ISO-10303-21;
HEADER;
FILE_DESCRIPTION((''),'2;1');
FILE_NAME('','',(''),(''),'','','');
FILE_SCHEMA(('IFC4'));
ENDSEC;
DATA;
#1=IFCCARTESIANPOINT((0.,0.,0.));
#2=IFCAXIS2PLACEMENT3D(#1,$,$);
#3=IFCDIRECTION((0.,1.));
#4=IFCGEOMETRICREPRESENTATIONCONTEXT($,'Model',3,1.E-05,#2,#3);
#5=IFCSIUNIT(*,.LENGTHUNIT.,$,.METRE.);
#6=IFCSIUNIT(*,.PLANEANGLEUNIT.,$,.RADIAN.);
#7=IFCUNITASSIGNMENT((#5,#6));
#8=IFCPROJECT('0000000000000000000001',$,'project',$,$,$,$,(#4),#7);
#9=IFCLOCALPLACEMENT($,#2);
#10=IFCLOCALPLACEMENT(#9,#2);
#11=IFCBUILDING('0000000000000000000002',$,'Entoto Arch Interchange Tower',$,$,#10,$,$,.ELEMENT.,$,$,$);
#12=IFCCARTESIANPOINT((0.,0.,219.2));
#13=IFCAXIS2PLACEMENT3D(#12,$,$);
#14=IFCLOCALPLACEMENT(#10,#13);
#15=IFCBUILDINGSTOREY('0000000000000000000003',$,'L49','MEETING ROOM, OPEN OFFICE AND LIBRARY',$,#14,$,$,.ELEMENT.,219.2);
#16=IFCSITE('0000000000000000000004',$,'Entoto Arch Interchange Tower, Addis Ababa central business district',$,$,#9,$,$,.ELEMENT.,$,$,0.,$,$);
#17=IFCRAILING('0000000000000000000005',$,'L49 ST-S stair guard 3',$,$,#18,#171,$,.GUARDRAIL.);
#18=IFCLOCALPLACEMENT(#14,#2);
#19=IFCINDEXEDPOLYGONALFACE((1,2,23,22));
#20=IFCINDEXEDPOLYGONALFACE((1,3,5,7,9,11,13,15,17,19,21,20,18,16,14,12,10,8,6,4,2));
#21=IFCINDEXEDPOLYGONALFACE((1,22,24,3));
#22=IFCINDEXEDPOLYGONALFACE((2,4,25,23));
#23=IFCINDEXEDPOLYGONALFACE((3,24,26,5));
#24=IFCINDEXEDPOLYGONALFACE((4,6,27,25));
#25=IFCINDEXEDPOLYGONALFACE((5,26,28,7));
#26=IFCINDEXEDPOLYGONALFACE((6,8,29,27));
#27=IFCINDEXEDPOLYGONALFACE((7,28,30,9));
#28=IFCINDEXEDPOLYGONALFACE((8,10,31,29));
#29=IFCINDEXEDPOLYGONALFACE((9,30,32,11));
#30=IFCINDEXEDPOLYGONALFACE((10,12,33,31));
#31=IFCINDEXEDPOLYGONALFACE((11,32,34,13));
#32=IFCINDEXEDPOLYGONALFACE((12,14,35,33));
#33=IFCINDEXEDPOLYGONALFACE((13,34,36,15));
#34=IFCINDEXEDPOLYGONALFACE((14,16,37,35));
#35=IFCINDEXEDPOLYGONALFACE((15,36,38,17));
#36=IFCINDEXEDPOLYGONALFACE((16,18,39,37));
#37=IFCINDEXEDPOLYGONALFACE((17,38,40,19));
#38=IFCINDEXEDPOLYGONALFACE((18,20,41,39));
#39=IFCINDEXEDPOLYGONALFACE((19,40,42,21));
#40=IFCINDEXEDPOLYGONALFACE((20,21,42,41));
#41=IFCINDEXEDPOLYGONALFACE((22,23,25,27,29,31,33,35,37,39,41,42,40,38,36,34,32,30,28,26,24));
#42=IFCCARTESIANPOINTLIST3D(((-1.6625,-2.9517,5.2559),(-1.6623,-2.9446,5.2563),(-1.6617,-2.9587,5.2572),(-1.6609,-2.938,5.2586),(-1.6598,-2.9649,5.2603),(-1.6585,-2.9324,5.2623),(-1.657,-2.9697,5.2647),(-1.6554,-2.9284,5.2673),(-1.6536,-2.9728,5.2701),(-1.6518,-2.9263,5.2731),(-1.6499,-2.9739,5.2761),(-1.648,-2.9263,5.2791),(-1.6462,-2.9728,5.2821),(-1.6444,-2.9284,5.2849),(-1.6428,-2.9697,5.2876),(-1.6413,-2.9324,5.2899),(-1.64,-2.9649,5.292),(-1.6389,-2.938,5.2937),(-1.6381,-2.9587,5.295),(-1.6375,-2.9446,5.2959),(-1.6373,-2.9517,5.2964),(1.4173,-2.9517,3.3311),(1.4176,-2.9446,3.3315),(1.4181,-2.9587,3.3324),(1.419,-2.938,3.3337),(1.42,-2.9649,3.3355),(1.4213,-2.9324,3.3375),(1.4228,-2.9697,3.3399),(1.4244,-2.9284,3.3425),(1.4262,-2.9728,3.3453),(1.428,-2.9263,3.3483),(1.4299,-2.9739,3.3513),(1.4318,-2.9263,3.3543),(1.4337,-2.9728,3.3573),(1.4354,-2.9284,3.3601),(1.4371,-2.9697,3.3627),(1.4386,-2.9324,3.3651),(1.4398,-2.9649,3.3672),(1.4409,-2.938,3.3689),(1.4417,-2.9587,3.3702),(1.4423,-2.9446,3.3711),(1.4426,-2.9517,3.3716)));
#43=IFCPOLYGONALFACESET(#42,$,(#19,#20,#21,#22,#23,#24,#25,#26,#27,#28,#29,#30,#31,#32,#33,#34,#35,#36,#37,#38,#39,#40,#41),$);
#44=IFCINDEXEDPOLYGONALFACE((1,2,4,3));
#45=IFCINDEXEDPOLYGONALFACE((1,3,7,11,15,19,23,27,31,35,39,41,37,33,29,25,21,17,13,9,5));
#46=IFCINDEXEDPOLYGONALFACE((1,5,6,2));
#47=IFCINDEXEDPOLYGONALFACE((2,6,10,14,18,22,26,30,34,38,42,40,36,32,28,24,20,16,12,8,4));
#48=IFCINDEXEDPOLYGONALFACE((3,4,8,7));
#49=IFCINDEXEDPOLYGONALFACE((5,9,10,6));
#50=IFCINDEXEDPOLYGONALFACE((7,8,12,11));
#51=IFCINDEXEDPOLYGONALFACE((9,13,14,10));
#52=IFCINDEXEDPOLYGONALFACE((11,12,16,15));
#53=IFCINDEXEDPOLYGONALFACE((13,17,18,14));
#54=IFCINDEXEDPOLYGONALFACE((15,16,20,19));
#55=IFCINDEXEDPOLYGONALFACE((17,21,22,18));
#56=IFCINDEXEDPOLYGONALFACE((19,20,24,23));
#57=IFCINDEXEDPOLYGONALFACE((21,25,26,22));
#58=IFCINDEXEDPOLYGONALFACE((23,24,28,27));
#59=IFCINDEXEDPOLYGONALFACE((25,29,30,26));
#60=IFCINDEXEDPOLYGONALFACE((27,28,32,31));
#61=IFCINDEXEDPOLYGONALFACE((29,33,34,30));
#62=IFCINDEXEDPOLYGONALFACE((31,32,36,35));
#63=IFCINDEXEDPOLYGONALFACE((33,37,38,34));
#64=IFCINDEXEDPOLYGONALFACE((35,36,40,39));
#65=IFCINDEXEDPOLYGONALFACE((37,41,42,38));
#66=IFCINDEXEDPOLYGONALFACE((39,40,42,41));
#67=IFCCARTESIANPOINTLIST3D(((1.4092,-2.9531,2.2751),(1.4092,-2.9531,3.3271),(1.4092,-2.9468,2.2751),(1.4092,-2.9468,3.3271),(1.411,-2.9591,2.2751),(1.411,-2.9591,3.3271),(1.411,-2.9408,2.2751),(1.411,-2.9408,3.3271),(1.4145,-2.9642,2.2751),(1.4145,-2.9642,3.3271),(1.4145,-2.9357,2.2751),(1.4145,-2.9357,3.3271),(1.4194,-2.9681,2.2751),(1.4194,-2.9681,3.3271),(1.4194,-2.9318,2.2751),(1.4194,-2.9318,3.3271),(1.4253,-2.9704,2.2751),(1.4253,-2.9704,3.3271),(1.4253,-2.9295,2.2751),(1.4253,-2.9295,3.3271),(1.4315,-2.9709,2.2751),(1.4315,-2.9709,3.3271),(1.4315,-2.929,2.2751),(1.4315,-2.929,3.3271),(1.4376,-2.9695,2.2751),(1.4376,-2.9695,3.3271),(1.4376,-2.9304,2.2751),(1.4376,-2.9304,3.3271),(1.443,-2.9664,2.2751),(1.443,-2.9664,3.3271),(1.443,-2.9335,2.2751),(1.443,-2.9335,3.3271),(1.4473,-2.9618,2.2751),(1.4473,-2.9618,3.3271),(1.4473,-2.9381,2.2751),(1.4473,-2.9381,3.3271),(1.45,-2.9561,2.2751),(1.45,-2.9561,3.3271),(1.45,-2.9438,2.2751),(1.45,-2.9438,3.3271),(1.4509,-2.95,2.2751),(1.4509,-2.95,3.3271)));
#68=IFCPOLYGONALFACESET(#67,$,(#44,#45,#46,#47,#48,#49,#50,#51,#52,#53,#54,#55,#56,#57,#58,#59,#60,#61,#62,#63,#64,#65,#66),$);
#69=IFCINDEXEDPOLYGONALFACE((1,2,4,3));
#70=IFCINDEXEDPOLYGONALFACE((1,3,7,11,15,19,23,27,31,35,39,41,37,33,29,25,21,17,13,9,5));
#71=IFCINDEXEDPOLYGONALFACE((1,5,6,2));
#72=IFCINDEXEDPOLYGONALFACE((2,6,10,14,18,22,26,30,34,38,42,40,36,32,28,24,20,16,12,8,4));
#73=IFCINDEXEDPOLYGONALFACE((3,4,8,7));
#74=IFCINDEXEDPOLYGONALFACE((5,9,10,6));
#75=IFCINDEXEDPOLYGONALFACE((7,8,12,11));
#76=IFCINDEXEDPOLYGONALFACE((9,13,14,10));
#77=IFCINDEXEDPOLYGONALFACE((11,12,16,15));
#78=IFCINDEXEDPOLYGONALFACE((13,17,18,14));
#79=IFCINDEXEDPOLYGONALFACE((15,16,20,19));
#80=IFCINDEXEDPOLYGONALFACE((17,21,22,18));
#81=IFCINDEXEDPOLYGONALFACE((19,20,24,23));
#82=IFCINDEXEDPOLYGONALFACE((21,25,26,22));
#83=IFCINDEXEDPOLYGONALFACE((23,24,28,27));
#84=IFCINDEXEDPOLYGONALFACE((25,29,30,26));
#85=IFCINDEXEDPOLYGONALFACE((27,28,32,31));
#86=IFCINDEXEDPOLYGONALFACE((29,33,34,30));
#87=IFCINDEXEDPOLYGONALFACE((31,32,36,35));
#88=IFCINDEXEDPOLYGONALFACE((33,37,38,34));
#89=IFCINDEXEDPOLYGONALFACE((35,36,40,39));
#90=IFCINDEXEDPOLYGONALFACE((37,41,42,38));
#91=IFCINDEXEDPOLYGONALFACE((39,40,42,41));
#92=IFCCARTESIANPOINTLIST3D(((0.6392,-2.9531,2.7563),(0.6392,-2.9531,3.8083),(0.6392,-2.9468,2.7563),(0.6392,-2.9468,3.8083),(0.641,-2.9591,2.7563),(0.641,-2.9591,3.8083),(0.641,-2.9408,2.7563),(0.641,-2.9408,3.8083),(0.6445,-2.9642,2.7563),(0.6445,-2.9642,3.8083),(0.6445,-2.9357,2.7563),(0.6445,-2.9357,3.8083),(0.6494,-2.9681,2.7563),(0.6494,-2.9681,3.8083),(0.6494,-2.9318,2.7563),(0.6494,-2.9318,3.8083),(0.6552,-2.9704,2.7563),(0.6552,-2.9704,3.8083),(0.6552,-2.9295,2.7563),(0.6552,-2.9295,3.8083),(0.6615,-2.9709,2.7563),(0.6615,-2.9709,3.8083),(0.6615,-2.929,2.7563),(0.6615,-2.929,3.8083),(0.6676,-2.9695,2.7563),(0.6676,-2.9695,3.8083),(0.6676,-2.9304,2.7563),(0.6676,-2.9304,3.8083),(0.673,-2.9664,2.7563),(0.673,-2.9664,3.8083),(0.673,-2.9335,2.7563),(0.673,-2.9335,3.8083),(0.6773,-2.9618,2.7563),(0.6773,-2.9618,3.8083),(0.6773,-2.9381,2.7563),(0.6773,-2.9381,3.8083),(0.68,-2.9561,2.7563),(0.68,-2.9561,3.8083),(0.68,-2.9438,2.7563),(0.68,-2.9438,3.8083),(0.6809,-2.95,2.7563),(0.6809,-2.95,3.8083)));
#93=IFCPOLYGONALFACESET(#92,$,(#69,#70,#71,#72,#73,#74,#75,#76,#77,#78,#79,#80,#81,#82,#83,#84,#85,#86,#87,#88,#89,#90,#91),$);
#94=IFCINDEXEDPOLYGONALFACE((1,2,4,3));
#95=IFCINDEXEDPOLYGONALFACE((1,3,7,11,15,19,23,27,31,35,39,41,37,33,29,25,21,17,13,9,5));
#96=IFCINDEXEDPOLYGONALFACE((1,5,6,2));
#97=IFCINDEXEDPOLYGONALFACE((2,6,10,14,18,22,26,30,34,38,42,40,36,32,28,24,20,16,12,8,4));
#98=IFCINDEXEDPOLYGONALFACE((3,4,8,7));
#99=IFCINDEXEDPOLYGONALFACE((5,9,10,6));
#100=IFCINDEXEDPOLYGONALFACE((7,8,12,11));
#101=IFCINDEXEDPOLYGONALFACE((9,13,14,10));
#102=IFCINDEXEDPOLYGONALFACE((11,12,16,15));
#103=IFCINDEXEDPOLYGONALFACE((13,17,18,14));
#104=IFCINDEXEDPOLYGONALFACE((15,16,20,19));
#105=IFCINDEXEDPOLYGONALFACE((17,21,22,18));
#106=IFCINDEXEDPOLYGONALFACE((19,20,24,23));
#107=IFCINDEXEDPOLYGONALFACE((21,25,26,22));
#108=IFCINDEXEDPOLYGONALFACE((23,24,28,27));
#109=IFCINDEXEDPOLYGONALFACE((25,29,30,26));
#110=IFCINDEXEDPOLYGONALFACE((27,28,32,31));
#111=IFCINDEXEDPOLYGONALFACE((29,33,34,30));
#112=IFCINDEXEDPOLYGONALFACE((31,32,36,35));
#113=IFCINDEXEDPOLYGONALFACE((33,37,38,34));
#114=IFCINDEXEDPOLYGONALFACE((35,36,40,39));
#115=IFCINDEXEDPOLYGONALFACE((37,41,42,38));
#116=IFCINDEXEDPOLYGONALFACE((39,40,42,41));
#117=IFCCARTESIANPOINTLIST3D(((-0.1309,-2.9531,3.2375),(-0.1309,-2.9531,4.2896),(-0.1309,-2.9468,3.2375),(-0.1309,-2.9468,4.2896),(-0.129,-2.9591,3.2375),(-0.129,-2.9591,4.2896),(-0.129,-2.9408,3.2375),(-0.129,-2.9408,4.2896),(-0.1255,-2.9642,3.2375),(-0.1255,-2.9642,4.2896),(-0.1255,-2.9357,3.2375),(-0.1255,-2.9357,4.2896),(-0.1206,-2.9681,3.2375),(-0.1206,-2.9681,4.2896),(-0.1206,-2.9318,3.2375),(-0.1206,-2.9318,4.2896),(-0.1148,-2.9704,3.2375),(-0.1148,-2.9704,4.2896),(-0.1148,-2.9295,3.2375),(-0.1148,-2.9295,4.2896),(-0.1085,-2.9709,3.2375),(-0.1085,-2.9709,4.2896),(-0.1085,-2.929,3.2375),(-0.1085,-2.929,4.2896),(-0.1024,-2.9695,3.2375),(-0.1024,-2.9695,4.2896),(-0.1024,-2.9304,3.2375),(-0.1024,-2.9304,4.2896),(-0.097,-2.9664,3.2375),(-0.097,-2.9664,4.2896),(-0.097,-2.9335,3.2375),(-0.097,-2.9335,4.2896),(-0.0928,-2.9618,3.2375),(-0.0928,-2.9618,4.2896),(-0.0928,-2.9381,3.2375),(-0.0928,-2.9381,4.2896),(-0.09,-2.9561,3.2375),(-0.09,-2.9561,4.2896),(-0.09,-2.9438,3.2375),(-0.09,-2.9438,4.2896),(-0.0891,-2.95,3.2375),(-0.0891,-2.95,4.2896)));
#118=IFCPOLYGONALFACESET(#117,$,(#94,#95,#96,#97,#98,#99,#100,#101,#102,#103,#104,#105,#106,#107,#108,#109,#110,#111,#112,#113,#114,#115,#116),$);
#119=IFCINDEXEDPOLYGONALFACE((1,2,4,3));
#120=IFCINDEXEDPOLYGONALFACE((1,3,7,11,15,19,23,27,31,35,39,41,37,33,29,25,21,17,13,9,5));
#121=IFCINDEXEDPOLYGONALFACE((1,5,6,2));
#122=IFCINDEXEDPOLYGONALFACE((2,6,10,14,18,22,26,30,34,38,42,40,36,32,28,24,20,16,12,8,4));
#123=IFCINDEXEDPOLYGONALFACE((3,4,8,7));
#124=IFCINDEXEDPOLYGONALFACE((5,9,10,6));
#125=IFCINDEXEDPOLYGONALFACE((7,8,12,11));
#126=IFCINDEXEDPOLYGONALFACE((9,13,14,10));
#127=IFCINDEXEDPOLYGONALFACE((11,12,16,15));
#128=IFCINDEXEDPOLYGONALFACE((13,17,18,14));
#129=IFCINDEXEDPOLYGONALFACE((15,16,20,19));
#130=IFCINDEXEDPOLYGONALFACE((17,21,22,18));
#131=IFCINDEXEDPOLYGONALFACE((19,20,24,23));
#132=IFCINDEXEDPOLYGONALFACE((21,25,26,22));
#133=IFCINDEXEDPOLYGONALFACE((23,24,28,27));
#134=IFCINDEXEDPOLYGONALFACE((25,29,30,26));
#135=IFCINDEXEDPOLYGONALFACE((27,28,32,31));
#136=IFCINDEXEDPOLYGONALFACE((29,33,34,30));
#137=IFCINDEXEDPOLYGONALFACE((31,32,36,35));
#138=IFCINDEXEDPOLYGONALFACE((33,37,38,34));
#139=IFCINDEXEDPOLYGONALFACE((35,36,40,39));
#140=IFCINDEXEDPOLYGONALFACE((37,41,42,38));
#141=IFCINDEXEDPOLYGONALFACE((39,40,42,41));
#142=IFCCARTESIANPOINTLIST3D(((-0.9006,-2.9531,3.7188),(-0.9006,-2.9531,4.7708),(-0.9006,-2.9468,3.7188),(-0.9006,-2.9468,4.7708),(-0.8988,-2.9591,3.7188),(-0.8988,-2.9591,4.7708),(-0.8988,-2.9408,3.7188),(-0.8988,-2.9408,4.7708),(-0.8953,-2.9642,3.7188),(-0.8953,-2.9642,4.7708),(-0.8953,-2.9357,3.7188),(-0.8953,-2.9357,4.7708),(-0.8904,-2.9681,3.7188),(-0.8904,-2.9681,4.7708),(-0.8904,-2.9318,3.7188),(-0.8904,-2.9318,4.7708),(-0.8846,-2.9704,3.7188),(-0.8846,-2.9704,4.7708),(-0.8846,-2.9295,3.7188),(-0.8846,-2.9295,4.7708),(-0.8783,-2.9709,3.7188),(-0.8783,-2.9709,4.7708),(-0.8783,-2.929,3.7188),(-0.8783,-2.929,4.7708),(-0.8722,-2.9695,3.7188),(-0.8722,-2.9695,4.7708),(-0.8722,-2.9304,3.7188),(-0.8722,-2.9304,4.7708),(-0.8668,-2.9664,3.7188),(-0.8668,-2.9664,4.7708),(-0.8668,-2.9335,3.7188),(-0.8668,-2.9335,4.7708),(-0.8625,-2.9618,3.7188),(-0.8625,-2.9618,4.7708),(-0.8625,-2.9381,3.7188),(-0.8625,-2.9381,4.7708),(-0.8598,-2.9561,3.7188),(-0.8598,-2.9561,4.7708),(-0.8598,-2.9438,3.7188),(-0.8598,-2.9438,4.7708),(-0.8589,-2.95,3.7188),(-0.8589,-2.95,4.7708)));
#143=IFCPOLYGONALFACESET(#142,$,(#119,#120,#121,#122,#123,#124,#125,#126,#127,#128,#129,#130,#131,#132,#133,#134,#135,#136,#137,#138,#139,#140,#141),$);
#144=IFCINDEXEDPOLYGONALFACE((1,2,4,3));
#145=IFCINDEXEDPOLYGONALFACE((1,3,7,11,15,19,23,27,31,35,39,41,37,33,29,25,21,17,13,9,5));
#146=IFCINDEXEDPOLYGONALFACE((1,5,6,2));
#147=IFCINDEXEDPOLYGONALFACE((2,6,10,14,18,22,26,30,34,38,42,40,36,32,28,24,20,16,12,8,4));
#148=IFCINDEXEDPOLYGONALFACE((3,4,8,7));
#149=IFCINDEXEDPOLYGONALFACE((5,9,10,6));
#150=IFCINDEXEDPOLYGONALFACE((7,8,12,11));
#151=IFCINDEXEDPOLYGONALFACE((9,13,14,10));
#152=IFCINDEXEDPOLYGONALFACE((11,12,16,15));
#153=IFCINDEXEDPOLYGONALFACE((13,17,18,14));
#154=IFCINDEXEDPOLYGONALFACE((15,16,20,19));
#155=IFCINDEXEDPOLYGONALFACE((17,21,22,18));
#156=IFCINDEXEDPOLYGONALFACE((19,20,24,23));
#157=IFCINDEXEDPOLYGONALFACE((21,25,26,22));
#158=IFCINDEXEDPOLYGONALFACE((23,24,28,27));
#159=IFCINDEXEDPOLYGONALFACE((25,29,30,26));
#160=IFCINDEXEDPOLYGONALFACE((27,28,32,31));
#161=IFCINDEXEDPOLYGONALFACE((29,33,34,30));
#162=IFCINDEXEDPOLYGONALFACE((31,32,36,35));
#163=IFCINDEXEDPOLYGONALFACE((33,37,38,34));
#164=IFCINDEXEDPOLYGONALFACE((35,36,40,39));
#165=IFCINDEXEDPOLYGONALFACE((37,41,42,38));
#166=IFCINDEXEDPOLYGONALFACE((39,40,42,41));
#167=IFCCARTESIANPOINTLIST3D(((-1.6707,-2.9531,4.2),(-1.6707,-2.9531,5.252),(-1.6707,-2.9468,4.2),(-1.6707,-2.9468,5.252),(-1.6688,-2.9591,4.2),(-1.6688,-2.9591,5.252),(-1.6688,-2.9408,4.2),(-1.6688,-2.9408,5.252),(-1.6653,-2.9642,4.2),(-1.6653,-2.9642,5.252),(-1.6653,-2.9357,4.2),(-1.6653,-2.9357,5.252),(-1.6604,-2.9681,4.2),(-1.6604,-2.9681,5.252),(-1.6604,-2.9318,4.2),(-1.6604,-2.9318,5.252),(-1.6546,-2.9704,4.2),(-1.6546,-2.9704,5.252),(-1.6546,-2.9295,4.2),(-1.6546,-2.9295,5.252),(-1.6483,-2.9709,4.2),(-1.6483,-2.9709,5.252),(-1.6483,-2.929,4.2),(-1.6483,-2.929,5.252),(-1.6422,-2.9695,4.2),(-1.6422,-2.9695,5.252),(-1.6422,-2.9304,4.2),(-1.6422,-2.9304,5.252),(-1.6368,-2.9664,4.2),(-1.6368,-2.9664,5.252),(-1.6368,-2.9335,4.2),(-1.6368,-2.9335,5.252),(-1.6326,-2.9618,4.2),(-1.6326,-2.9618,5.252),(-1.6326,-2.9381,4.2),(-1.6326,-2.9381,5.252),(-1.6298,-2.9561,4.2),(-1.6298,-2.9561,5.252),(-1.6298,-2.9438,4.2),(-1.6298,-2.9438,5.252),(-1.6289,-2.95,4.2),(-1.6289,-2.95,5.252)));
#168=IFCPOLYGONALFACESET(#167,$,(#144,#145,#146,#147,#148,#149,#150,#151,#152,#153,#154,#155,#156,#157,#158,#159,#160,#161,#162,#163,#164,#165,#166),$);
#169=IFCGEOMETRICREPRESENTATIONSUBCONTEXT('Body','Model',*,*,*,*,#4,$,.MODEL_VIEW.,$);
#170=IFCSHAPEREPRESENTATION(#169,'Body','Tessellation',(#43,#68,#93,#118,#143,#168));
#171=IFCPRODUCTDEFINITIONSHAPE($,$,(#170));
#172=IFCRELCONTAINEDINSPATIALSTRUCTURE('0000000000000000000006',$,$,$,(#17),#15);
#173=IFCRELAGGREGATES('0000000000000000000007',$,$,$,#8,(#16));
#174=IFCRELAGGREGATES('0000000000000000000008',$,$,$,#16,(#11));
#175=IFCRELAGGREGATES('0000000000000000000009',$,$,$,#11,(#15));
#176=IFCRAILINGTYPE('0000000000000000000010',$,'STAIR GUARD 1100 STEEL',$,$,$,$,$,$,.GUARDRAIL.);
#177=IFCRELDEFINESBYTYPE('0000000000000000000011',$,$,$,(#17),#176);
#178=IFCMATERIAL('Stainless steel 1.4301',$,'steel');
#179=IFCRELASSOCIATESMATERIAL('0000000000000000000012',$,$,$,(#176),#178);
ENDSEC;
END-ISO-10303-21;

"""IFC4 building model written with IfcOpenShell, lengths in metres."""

from ifc_helpers import new_model, si_unit, direction, frame, origin, origin_2d, place, context, subcontext, project, spatial, circle, extrude, material, type_object, element, save


model = new_model("IFC4")

# Units and contexts
model_context = context("Model", 3, precision=1e-05, world=origin(), true_north=direction((0.0, 1.0)))
body_context = subcontext(model_context, "Body", "Model", "MODEL_VIEW")
ifc_project = project(units=[si_unit("LENGTHUNIT", "METRE"), si_unit("PLANEANGLEUNIT", "RADIAN")], contexts=[model_context])

# Site, building, storey
site_placement = place(None, origin())
site = spatial("IfcSite", under=ifc_project, at=site_placement, Name="Entoto Arch Interchange Tower, Addis Ababa central business district", CompositionType="ELEMENT", RefElevation=0.0)
building_placement = place(site_placement, origin())
building = spatial("IfcBuilding", under=site, at=building_placement, Name="Entoto Arch Interchange Tower", CompositionType="ELEMENT")
storey_placement = place(building_placement, frame((0.0, 0.0, 219.2)))
storey = spatial("IfcBuildingStorey", under=building, at=storey_placement, Name="L49", Description="MEETING ROOM, OPEN OFFICE AND LIBRARY", CompositionType="ELEMENT", Elevation=219.2)

# Railing
ifc_material_1 = material(Name="Stainless steel 1.4301", Category="steel")
railing_type_1 = type_object("IfcRailingType", Name="STAIR GUARD 1100 STEEL", PredefinedType="GUARDRAIL", material=ifc_material_1)
railing_1_placement = place(storey_placement, frame((1.4299, -2.95, 2.2751)))
element("IfcRailing", 1, at=railing_1_placement, inside=storey, type_object=railing_type_1, Name="L49 ST-S stair guard 3", PredefinedType="GUARDRAIL", context=body_context, shape_type="SweptSolid", body=[
    extrude(circle(Radius=0.0239, at=origin_2d()), frame((0.0, 0.0, 1.0762), z_axis=(-0.84801, 0.0, 0.529981), x_axis=(0.0, -1.0, 0.0)), (0.0, 0.0, 1.0), 3.6318),
    extrude(circle(Radius=0.021, at=origin_2d()), origin(), (0.0, 0.0, 1.0), 1.052),
    extrude(circle(Radius=0.021, at=origin_2d()), frame((-0.77, 0.0, 0.4812)), (0.0, 0.0, 1.0), 1.052),
    extrude(circle(Radius=0.021, at=origin_2d()), frame((-1.54, 0.0, 0.9624)), (0.0, 0.0, 1.0), 1.052),
    extrude(circle(Radius=0.021, at=origin_2d()), frame((-2.3098, 0.0, 1.4436)), (0.0, 0.0, 1.0), 1.052),
    extrude(circle(Radius=0.021, at=origin_2d()), frame((-3.0798, 0.0, 1.9248)), (0.0, 0.0, 1.0), 1.052),
])

save(model, "model.ifc")
